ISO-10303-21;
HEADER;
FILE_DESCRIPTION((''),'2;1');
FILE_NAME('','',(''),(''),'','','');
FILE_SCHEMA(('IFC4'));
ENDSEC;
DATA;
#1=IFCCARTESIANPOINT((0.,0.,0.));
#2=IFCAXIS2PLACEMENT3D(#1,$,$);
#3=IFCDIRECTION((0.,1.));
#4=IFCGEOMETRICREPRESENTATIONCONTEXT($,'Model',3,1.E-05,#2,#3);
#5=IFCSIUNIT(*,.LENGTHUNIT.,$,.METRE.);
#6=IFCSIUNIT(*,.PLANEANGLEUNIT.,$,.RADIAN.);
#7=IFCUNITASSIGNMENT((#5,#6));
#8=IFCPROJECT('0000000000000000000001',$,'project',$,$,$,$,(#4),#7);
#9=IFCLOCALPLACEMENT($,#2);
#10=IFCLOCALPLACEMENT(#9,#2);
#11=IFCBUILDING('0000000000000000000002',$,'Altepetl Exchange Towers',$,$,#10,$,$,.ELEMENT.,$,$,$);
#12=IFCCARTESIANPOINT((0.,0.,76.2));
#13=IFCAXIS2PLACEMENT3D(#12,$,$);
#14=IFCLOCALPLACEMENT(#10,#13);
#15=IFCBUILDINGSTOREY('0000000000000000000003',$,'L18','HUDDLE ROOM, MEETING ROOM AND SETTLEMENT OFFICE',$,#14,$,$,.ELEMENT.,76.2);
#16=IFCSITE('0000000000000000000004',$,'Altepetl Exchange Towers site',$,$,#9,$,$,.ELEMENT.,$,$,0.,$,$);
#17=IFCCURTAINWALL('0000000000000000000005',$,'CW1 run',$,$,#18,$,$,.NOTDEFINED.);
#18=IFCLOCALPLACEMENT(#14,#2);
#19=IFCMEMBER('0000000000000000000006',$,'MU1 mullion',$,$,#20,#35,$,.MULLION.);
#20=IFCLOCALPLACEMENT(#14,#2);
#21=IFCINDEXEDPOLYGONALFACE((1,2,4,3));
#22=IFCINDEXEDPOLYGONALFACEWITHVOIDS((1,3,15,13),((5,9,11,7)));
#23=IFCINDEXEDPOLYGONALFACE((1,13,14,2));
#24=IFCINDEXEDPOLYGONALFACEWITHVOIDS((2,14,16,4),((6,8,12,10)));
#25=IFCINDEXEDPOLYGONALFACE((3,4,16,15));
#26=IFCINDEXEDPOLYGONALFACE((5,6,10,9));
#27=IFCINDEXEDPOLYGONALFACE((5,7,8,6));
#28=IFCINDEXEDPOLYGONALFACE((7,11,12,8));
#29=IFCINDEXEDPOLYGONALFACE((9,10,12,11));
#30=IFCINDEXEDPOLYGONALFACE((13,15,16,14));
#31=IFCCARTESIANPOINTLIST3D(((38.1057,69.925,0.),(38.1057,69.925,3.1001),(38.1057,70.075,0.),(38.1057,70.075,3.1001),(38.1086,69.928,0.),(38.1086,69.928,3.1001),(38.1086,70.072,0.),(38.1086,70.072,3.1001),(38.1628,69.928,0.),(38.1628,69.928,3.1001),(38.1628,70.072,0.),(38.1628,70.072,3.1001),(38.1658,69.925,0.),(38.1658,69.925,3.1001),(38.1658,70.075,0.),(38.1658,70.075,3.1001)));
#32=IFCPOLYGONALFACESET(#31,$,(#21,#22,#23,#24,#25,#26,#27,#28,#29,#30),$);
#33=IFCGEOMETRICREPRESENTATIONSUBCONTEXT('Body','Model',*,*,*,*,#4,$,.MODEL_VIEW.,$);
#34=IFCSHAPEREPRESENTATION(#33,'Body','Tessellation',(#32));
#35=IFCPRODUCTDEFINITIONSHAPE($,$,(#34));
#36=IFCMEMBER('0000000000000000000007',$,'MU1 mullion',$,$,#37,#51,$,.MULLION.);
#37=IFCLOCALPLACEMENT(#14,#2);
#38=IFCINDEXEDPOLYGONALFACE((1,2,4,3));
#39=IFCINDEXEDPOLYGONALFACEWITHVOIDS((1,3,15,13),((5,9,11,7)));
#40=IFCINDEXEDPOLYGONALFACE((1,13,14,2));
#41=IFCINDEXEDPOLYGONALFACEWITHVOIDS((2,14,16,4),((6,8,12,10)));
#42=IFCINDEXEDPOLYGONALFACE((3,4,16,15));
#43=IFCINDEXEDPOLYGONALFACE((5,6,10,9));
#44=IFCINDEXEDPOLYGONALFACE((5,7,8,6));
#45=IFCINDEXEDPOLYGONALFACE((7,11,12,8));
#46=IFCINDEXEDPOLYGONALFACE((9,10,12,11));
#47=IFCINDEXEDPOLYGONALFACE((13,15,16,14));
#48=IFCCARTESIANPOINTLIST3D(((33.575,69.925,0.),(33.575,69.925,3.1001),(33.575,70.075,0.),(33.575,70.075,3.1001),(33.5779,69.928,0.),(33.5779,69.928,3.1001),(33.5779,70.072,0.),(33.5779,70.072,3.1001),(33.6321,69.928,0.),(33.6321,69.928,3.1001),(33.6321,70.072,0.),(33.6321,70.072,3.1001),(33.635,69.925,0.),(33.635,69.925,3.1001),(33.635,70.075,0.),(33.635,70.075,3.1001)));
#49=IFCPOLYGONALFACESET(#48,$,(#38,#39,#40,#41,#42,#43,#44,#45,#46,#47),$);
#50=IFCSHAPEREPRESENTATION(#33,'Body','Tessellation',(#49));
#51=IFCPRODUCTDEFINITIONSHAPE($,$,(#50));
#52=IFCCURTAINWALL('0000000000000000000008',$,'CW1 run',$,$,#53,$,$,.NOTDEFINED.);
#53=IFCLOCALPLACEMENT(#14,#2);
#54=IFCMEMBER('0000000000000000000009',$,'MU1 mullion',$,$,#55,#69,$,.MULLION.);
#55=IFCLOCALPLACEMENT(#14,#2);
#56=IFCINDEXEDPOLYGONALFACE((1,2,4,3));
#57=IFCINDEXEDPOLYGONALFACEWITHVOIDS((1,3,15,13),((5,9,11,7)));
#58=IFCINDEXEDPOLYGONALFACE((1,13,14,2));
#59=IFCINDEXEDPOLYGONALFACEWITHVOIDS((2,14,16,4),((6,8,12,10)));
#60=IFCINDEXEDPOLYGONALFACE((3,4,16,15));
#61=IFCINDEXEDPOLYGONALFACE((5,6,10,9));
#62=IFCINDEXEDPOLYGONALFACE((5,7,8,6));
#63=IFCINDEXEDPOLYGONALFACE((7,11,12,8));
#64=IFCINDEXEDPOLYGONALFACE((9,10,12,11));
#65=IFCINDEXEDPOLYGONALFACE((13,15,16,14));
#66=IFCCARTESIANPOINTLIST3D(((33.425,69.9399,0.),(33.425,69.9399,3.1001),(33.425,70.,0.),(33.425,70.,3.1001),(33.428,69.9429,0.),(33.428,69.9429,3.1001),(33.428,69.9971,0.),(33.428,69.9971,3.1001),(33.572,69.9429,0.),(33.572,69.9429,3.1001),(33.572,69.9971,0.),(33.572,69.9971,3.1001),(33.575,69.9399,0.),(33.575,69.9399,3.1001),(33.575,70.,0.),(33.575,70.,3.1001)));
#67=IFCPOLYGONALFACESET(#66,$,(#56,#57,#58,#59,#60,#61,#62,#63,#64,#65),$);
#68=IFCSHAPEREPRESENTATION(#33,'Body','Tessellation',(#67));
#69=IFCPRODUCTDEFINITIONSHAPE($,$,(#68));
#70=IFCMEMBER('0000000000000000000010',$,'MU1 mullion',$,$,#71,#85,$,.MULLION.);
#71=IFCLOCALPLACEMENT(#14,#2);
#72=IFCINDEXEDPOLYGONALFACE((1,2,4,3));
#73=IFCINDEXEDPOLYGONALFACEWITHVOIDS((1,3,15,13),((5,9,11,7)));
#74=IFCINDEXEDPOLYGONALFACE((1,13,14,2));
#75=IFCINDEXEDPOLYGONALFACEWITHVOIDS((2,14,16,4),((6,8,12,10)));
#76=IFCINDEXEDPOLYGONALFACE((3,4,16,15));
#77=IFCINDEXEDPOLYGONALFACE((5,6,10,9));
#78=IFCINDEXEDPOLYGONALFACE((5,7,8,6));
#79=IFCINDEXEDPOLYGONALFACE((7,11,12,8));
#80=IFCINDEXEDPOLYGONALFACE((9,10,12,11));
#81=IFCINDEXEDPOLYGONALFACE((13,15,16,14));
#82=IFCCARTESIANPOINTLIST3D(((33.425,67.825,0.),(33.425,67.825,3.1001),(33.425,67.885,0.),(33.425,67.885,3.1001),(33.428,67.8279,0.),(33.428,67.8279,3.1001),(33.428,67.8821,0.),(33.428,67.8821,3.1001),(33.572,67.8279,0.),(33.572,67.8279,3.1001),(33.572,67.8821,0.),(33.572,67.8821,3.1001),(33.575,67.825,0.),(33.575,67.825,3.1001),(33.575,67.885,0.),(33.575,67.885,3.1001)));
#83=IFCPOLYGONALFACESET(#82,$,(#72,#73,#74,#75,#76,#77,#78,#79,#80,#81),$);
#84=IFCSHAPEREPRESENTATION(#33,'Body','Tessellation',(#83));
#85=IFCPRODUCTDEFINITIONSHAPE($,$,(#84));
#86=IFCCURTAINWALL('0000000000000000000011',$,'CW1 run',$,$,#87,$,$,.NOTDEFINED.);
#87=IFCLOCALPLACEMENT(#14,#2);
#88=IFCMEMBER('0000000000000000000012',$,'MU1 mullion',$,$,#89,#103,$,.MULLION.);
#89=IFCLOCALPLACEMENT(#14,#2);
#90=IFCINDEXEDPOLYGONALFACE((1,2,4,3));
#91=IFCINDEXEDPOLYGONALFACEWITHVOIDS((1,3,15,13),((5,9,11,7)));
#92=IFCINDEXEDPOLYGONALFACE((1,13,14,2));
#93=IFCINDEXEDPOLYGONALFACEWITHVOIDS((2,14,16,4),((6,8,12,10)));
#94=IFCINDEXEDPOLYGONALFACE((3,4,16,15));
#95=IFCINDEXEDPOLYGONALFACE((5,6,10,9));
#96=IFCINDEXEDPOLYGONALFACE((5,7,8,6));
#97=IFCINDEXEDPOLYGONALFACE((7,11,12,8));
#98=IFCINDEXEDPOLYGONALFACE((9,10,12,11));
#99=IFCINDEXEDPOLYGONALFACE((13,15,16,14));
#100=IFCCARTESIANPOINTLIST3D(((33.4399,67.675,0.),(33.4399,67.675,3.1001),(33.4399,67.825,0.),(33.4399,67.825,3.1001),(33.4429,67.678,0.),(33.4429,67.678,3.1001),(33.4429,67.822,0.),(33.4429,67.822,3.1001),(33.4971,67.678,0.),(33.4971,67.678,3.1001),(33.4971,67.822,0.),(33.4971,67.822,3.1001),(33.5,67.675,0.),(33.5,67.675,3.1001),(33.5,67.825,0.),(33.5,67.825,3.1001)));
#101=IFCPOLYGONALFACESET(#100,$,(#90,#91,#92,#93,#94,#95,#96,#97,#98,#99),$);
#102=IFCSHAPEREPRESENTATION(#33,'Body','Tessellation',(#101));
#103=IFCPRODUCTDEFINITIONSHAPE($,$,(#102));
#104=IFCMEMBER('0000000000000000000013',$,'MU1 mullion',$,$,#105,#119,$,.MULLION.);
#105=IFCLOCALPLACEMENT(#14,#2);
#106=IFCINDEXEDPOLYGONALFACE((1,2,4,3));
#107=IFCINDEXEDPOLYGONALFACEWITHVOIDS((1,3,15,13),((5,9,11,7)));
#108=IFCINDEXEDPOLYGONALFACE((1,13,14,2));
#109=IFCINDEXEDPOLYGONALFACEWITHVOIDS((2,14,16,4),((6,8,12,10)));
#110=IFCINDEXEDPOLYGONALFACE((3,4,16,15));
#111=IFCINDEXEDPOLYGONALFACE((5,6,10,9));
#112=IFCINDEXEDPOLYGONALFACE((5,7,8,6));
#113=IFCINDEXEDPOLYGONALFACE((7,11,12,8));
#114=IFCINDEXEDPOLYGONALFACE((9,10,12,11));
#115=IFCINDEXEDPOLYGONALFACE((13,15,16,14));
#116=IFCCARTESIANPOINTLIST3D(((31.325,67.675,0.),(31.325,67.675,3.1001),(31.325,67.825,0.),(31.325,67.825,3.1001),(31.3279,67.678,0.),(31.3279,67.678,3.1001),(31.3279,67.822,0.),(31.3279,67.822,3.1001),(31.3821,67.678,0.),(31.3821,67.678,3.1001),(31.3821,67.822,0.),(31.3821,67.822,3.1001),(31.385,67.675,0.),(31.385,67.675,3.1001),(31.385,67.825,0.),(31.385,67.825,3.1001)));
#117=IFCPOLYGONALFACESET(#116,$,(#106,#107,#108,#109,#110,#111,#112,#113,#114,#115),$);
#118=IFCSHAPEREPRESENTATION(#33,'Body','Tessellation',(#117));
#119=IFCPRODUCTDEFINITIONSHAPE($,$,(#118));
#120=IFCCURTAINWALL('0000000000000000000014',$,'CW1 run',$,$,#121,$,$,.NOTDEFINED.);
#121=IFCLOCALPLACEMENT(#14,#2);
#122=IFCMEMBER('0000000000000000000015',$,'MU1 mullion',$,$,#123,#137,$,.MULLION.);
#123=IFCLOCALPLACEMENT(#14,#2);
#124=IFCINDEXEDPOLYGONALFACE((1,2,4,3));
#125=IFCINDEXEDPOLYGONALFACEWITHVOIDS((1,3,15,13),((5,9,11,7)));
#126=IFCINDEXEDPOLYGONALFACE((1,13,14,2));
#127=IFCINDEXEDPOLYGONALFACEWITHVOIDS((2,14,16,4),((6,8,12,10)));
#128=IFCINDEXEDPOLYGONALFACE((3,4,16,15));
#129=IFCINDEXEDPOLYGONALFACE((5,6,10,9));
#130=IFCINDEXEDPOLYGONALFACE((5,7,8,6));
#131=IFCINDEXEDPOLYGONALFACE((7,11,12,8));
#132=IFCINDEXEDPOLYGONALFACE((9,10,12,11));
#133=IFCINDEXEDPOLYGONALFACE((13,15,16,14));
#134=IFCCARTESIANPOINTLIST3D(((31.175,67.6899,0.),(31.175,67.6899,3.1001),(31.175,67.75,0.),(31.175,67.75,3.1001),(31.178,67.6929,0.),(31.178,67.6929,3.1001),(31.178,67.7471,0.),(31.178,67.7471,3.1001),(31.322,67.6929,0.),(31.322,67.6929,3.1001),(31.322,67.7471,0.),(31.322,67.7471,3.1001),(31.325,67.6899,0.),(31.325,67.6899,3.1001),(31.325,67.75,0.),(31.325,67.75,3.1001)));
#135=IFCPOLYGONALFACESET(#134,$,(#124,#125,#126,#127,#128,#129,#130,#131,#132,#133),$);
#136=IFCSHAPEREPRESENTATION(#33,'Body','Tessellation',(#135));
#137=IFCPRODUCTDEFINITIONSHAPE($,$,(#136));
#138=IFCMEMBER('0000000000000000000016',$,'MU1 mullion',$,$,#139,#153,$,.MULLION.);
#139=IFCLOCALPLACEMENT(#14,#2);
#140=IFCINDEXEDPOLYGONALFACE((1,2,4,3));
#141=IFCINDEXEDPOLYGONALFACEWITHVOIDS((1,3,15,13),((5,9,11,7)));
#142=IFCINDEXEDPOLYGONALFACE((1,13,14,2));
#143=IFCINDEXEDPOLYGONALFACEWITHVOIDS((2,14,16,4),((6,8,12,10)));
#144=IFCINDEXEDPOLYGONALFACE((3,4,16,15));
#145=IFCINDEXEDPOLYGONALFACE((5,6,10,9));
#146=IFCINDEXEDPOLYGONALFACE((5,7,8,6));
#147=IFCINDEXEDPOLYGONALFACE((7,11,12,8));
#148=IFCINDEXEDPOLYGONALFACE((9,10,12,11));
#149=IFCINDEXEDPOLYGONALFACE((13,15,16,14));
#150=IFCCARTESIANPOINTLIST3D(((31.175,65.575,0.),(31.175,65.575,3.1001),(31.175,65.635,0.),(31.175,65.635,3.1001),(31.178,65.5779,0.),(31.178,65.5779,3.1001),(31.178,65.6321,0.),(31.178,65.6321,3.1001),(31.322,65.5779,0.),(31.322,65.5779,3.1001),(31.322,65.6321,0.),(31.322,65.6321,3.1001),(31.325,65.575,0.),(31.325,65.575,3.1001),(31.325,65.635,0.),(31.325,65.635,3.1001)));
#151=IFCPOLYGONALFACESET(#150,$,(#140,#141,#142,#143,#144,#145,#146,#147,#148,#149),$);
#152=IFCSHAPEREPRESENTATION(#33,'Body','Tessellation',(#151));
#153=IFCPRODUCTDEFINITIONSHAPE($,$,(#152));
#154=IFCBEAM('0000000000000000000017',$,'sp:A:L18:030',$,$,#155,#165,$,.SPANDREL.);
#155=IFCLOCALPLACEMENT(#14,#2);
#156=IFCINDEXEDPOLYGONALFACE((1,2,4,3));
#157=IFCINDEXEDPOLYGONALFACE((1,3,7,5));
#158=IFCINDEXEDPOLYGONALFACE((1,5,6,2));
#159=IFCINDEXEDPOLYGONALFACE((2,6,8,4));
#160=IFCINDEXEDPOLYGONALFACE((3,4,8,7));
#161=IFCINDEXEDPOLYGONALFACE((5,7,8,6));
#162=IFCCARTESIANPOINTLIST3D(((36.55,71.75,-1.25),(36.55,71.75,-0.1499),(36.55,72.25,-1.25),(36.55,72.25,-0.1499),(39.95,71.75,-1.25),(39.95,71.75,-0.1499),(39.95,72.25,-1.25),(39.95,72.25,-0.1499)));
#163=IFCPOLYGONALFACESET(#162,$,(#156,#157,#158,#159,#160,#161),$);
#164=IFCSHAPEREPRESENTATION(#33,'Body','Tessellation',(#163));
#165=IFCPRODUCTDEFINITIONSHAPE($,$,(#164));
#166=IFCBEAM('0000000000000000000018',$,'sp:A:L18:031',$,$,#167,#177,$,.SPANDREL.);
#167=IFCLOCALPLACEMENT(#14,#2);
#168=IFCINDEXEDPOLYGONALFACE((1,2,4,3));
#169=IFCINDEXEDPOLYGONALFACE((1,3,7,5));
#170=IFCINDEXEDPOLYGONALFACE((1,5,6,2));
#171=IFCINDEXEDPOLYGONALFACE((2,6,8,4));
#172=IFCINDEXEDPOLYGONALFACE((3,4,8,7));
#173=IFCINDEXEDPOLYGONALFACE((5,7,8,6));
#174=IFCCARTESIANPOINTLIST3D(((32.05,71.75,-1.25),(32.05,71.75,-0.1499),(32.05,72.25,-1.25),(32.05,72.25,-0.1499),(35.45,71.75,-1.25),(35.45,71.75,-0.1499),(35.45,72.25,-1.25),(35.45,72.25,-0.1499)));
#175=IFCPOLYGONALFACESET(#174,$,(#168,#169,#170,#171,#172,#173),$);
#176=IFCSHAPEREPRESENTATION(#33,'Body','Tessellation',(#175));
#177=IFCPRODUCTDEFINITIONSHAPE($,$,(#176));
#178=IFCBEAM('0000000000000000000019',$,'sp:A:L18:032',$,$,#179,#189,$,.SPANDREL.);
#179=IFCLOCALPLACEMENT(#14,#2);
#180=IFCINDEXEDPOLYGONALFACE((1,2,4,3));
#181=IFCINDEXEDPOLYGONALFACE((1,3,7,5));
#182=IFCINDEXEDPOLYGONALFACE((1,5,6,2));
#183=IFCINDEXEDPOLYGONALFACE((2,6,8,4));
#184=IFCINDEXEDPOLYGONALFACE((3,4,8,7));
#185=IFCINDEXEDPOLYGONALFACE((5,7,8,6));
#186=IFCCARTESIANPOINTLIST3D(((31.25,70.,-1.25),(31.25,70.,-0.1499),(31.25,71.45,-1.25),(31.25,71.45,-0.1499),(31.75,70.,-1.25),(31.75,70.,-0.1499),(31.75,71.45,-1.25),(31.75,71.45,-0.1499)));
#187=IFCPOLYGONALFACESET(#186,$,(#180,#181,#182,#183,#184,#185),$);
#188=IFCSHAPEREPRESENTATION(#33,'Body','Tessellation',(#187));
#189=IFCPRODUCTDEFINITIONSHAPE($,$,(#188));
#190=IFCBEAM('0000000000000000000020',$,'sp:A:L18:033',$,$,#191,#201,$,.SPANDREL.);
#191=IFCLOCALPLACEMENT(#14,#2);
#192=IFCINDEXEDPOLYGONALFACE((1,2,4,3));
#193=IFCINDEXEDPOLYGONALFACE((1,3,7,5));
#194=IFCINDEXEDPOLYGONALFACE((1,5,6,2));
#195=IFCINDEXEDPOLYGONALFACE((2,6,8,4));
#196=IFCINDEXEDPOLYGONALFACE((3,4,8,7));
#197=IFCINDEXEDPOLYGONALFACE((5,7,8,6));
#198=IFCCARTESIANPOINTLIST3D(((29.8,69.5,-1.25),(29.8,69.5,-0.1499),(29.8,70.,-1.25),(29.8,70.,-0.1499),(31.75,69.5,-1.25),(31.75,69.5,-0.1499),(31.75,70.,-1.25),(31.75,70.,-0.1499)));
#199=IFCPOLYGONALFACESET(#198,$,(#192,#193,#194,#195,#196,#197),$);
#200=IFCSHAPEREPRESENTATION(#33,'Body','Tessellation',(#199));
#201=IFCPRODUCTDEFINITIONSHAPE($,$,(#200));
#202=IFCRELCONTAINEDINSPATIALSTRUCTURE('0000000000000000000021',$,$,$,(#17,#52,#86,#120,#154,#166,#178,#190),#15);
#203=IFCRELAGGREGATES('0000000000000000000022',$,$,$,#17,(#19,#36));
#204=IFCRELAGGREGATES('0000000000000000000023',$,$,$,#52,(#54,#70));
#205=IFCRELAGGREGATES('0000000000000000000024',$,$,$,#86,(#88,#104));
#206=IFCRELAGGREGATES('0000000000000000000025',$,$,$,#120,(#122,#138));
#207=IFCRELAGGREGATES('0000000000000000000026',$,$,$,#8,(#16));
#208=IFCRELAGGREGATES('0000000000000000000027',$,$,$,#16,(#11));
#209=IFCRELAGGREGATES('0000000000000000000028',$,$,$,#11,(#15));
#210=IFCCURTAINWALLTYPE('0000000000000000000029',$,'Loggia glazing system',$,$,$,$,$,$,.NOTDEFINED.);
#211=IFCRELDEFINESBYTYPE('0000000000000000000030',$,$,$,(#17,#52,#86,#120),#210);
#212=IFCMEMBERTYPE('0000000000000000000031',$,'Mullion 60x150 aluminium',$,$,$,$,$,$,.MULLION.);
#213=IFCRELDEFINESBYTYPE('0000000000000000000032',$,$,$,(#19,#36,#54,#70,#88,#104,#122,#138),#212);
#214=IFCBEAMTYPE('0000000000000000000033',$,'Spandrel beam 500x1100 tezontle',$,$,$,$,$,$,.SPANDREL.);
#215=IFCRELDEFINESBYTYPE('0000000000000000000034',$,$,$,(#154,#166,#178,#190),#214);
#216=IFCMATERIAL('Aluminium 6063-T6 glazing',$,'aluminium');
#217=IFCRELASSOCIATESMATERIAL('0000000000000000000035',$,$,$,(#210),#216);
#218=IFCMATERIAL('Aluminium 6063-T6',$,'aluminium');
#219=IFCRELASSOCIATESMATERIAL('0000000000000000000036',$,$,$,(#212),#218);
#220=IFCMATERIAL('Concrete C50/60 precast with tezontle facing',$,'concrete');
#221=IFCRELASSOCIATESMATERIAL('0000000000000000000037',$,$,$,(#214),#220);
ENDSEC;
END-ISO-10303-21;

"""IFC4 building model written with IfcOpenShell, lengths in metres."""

from ifc_helpers import new_model, si_unit, direction, frame, origin, origin_2d, place, context, subcontext, project, spatial, rectangle, hollow_rectangle, extrude, material, material_profile, profile_set, type_object, element, aggregate, save


model = new_model("IFC4")

# Units and contexts
model_context = context("Model", 3, precision=1e-05, world=origin(), true_north=direction((0.0, 1.0)))
body_context = subcontext(model_context, "Body", "Model", "MODEL_VIEW")
ifc_project = project(units=[si_unit("LENGTHUNIT", "METRE"), si_unit("PLANEANGLEUNIT", "RADIAN")], contexts=[model_context])

# Site, building, storey
site_placement = place(None, origin())
site = spatial("IfcSite", under=ifc_project, at=site_placement, Name="Altepetl Exchange Towers site", CompositionType="ELEMENT", RefElevation=0.0)
building_placement = place(site_placement, origin())
building = spatial("IfcBuilding", under=site, at=building_placement, Name="Altepetl Exchange Towers", CompositionType="ELEMENT")
storey_placement = place(building_placement, frame((0.0, 0.0, 76.2)))
storey = spatial("IfcBuildingStorey", under=building, at=storey_placement, Name="L18", Description="HUDDLE ROOM, MEETING ROOM AND SETTLEMENT OFFICE", CompositionType="ELEMENT", Elevation=76.2)

# Shared definitions
ifc_material_1 = material(Name="Aluminium 6063-T6 glazing", Category="aluminium")
curtain_wall_type = type_object("IfcCurtainWallType", Name="Loggia glazing system", PredefinedType="NOTDEFINED", material=ifc_material_1)
ifc_material_2 = material(Name="Aluminium 6063-T6", Category="aluminium")
ifc_material_profile_1 = material_profile(ifc_material_2, hollow_rectangle(XDim=0.0601, YDim=0.1499, WallThickness=0.0029, at=origin_2d()), Name="Mullion 60x150 aluminium")
ifc_profile_set_1 = profile_set([ifc_material_profile_1], Name="Aluminium 6063-T6")
member_type = type_object("IfcMemberType", Name="Mullion 60x150 aluminium", PredefinedType="MULLION", material=ifc_profile_set_1)

# Curtain walls, members
curtain_wall_1_placement = place(storey_placement, origin())
curtain_wall_1 = element("IfcCurtainWall", 1, at=curtain_wall_1_placement, inside=storey, type_object=curtain_wall_type, Name="CW1 run", PredefinedType="NOTDEFINED")
member_1_placement = place(storey_placement, frame((38.1357, 70.0, 0.0), z_axis=(0.0, 0.0, 1.0), x_axis=(-1.0, 0.0, 0.0)))
member_1 = element("IfcMember", 2, at=member_1_placement, type_object=member_type, Name="MU1 mullion", PredefinedType="MULLION", context=body_context, shape_type="SweptSolid", body=[
    extrude(hollow_rectangle(XDim=0.0601, YDim=0.1499, WallThickness=0.0029, at=origin_2d()), origin(), (0.0, 0.0, 1.0), 3.1001),
])
member_2_placement = place(storey_placement, frame((33.605, 70.0, 0.0), z_axis=(0.0, 0.0, 1.0), x_axis=(-1.0, 0.0, 0.0)))
member_2 = element("IfcMember", 3, at=member_2_placement, type_object=member_type, Name="MU1 mullion", PredefinedType="MULLION", context=body_context, shape_type="SweptSolid", body=[
    extrude(hollow_rectangle(XDim=0.0601, YDim=0.1499, WallThickness=0.0029, at=origin_2d()), origin(), (0.0, 0.0, 1.0), 3.1001),
])
curtain_wall_2_placement = place(storey_placement, origin())
curtain_wall_2 = element("IfcCurtainWall", 4, at=curtain_wall_2_placement, inside=storey, type_object=curtain_wall_type, Name="CW1 run", PredefinedType="NOTDEFINED")
member_3_placement = place(storey_placement, frame((33.5, 69.97, 0.0), z_axis=(0.0, 0.0, 1.0), x_axis=(0.0, -1.0, 0.0)))
member_3 = element("IfcMember", 5, at=member_3_placement, type_object=member_type, Name="MU1 mullion", PredefinedType="MULLION", context=body_context, shape_type="SweptSolid", body=[
    extrude(hollow_rectangle(XDim=0.0601, YDim=0.1499, WallThickness=0.0029, at=origin_2d()), origin(), (0.0, 0.0, 1.0), 3.1001),
])
member_4_placement = place(storey_placement, frame((33.5, 67.855, 0.0), z_axis=(0.0, 0.0, 1.0), x_axis=(0.0, -1.0, 0.0)))
member_4 = element("IfcMember", 6, at=member_4_placement, type_object=member_type, Name="MU1 mullion", PredefinedType="MULLION", context=body_context, shape_type="SweptSolid", body=[
    extrude(hollow_rectangle(XDim=0.0601, YDim=0.1499, WallThickness=0.0029, at=origin_2d()), origin(), (0.0, 0.0, 1.0), 3.1001),
])
curtain_wall_3_placement = place(storey_placement, origin())
curtain_wall_3 = element("IfcCurtainWall", 7, at=curtain_wall_3_placement, inside=storey, type_object=curtain_wall_type, Name="CW1 run", PredefinedType="NOTDEFINED")
member_5_placement = place(storey_placement, frame((33.47, 67.75, 0.0), z_axis=(0.0, 0.0, 1.0), x_axis=(-1.0, 0.0, 0.0)))
member_5 = element("IfcMember", 8, at=member_5_placement, type_object=member_type, Name="MU1 mullion", PredefinedType="MULLION", context=body_context, shape_type="SweptSolid", body=[
    extrude(hollow_rectangle(XDim=0.0601, YDim=0.1499, WallThickness=0.0029, at=origin_2d()), origin(), (0.0, 0.0, 1.0), 3.1001),
])
member_6_placement = place(storey_placement, frame((31.355, 67.75, 0.0), z_axis=(0.0, 0.0, 1.0), x_axis=(-1.0, 0.0, 0.0)))
member_6 = element("IfcMember", 9, at=member_6_placement, type_object=member_type, Name="MU1 mullion", PredefinedType="MULLION", context=body_context, shape_type="SweptSolid", body=[
    extrude(hollow_rectangle(XDim=0.0601, YDim=0.1499, WallThickness=0.0029, at=origin_2d()), origin(), (0.0, 0.0, 1.0), 3.1001),
])
curtain_wall_4_placement = place(storey_placement, origin())
curtain_wall_4 = element("IfcCurtainWall", 10, at=curtain_wall_4_placement, inside=storey, type_object=curtain_wall_type, Name="CW1 run", PredefinedType="NOTDEFINED")
member_7_placement = place(storey_placement, frame((31.25, 67.72, 0.0), z_axis=(0.0, 0.0, 1.0), x_axis=(0.0, -1.0, 0.0)))
member_7 = element("IfcMember", 11, at=member_7_placement, type_object=member_type, Name="MU1 mullion", PredefinedType="MULLION", context=body_context, shape_type="SweptSolid", body=[
    extrude(hollow_rectangle(XDim=0.0601, YDim=0.1499, WallThickness=0.0029, at=origin_2d()), origin(), (0.0, 0.0, 1.0), 3.1001),
])
member_8_placement = place(storey_placement, frame((31.25, 65.605, 0.0), z_axis=(0.0, 0.0, 1.0), x_axis=(0.0, -1.0, 0.0)))
member_8 = element("IfcMember", 12, at=member_8_placement, type_object=member_type, Name="MU1 mullion", PredefinedType="MULLION", context=body_context, shape_type="SweptSolid", body=[
    extrude(hollow_rectangle(XDim=0.0601, YDim=0.1499, WallThickness=0.0029, at=origin_2d()), origin(), (0.0, 0.0, 1.0), 3.1001),
])

# Beams
ifc_material_3 = material(Name="Concrete C50/60 precast with tezontle facing", Category="concrete")
ifc_material_profile_2 = material_profile(ifc_material_3, rectangle(XDim=0.5, YDim=1.1001, at=origin_2d()), Name="500 x 1100")
ifc_profile_set_2 = profile_set([ifc_material_profile_2], Name="Concrete C50/60 precast with tezontle facing")
beam_type_1 = type_object("IfcBeamType", Name="Spandrel beam 500x1100 tezontle", PredefinedType="SPANDREL", material=ifc_profile_set_2)
for number, where, z_axis, x_axis, name in (
    (13, (39.95, 72.0, -0.7), (-1.0, 0.0, 0.0), (0.0, -1.0, 0.0), "sp:A:L18:030"),
    (14, (35.45, 72.0, -0.7), (-1.0, 0.0, 0.0), (0.0, -1.0, 0.0), "sp:A:L18:031"),
):
    element("IfcBeam", number, at=place(storey_placement, frame(where, z_axis=z_axis, x_axis=x_axis)), inside=storey, type_object=beam_type_1, Name=name, PredefinedType="SPANDREL", context=body_context, shape_type="SweptSolid", body=[
        extrude(rectangle(XDim=0.5, YDim=1.1001, at=origin_2d()), origin(), (0.0, 0.0, 1.0), 3.3999),
    ])
beam_1_placement = place(storey_placement, frame((31.5, 71.45, -0.7), z_axis=(0.0, -1.0, 0.0), x_axis=(1.0, 0.0, 0.0)))
element("IfcBeam", 15, at=beam_1_placement, inside=storey, type_object=beam_type_1, Name="sp:A:L18:032", PredefinedType="SPANDREL", context=body_context, shape_type="SweptSolid", body=[
    extrude(rectangle(XDim=0.5, YDim=1.1001, at=origin_2d()), origin(), (0.0, 0.0, 1.0), 1.45),
])
beam_2_placement = place(storey_placement, frame((31.75, 69.75, -0.7), z_axis=(-1.0, 0.0, 0.0), x_axis=(0.0, -1.0, 0.0)))
element("IfcBeam", 16, at=beam_2_placement, inside=storey, type_object=beam_type_1, Name="sp:A:L18:033", PredefinedType="SPANDREL", context=body_context, shape_type="SweptSolid", body=[
    extrude(rectangle(XDim=0.5, YDim=1.1001, at=origin_2d()), origin(), (0.0, 0.0, 1.0), 1.95),
])

aggregate(curtain_wall_1, [member_1, member_2])
aggregate(curtain_wall_2, [member_3, member_4])
aggregate(curtain_wall_3, [member_5, member_6])
aggregate(curtain_wall_4, [member_7, member_8])

save(model, "model.ifc")
